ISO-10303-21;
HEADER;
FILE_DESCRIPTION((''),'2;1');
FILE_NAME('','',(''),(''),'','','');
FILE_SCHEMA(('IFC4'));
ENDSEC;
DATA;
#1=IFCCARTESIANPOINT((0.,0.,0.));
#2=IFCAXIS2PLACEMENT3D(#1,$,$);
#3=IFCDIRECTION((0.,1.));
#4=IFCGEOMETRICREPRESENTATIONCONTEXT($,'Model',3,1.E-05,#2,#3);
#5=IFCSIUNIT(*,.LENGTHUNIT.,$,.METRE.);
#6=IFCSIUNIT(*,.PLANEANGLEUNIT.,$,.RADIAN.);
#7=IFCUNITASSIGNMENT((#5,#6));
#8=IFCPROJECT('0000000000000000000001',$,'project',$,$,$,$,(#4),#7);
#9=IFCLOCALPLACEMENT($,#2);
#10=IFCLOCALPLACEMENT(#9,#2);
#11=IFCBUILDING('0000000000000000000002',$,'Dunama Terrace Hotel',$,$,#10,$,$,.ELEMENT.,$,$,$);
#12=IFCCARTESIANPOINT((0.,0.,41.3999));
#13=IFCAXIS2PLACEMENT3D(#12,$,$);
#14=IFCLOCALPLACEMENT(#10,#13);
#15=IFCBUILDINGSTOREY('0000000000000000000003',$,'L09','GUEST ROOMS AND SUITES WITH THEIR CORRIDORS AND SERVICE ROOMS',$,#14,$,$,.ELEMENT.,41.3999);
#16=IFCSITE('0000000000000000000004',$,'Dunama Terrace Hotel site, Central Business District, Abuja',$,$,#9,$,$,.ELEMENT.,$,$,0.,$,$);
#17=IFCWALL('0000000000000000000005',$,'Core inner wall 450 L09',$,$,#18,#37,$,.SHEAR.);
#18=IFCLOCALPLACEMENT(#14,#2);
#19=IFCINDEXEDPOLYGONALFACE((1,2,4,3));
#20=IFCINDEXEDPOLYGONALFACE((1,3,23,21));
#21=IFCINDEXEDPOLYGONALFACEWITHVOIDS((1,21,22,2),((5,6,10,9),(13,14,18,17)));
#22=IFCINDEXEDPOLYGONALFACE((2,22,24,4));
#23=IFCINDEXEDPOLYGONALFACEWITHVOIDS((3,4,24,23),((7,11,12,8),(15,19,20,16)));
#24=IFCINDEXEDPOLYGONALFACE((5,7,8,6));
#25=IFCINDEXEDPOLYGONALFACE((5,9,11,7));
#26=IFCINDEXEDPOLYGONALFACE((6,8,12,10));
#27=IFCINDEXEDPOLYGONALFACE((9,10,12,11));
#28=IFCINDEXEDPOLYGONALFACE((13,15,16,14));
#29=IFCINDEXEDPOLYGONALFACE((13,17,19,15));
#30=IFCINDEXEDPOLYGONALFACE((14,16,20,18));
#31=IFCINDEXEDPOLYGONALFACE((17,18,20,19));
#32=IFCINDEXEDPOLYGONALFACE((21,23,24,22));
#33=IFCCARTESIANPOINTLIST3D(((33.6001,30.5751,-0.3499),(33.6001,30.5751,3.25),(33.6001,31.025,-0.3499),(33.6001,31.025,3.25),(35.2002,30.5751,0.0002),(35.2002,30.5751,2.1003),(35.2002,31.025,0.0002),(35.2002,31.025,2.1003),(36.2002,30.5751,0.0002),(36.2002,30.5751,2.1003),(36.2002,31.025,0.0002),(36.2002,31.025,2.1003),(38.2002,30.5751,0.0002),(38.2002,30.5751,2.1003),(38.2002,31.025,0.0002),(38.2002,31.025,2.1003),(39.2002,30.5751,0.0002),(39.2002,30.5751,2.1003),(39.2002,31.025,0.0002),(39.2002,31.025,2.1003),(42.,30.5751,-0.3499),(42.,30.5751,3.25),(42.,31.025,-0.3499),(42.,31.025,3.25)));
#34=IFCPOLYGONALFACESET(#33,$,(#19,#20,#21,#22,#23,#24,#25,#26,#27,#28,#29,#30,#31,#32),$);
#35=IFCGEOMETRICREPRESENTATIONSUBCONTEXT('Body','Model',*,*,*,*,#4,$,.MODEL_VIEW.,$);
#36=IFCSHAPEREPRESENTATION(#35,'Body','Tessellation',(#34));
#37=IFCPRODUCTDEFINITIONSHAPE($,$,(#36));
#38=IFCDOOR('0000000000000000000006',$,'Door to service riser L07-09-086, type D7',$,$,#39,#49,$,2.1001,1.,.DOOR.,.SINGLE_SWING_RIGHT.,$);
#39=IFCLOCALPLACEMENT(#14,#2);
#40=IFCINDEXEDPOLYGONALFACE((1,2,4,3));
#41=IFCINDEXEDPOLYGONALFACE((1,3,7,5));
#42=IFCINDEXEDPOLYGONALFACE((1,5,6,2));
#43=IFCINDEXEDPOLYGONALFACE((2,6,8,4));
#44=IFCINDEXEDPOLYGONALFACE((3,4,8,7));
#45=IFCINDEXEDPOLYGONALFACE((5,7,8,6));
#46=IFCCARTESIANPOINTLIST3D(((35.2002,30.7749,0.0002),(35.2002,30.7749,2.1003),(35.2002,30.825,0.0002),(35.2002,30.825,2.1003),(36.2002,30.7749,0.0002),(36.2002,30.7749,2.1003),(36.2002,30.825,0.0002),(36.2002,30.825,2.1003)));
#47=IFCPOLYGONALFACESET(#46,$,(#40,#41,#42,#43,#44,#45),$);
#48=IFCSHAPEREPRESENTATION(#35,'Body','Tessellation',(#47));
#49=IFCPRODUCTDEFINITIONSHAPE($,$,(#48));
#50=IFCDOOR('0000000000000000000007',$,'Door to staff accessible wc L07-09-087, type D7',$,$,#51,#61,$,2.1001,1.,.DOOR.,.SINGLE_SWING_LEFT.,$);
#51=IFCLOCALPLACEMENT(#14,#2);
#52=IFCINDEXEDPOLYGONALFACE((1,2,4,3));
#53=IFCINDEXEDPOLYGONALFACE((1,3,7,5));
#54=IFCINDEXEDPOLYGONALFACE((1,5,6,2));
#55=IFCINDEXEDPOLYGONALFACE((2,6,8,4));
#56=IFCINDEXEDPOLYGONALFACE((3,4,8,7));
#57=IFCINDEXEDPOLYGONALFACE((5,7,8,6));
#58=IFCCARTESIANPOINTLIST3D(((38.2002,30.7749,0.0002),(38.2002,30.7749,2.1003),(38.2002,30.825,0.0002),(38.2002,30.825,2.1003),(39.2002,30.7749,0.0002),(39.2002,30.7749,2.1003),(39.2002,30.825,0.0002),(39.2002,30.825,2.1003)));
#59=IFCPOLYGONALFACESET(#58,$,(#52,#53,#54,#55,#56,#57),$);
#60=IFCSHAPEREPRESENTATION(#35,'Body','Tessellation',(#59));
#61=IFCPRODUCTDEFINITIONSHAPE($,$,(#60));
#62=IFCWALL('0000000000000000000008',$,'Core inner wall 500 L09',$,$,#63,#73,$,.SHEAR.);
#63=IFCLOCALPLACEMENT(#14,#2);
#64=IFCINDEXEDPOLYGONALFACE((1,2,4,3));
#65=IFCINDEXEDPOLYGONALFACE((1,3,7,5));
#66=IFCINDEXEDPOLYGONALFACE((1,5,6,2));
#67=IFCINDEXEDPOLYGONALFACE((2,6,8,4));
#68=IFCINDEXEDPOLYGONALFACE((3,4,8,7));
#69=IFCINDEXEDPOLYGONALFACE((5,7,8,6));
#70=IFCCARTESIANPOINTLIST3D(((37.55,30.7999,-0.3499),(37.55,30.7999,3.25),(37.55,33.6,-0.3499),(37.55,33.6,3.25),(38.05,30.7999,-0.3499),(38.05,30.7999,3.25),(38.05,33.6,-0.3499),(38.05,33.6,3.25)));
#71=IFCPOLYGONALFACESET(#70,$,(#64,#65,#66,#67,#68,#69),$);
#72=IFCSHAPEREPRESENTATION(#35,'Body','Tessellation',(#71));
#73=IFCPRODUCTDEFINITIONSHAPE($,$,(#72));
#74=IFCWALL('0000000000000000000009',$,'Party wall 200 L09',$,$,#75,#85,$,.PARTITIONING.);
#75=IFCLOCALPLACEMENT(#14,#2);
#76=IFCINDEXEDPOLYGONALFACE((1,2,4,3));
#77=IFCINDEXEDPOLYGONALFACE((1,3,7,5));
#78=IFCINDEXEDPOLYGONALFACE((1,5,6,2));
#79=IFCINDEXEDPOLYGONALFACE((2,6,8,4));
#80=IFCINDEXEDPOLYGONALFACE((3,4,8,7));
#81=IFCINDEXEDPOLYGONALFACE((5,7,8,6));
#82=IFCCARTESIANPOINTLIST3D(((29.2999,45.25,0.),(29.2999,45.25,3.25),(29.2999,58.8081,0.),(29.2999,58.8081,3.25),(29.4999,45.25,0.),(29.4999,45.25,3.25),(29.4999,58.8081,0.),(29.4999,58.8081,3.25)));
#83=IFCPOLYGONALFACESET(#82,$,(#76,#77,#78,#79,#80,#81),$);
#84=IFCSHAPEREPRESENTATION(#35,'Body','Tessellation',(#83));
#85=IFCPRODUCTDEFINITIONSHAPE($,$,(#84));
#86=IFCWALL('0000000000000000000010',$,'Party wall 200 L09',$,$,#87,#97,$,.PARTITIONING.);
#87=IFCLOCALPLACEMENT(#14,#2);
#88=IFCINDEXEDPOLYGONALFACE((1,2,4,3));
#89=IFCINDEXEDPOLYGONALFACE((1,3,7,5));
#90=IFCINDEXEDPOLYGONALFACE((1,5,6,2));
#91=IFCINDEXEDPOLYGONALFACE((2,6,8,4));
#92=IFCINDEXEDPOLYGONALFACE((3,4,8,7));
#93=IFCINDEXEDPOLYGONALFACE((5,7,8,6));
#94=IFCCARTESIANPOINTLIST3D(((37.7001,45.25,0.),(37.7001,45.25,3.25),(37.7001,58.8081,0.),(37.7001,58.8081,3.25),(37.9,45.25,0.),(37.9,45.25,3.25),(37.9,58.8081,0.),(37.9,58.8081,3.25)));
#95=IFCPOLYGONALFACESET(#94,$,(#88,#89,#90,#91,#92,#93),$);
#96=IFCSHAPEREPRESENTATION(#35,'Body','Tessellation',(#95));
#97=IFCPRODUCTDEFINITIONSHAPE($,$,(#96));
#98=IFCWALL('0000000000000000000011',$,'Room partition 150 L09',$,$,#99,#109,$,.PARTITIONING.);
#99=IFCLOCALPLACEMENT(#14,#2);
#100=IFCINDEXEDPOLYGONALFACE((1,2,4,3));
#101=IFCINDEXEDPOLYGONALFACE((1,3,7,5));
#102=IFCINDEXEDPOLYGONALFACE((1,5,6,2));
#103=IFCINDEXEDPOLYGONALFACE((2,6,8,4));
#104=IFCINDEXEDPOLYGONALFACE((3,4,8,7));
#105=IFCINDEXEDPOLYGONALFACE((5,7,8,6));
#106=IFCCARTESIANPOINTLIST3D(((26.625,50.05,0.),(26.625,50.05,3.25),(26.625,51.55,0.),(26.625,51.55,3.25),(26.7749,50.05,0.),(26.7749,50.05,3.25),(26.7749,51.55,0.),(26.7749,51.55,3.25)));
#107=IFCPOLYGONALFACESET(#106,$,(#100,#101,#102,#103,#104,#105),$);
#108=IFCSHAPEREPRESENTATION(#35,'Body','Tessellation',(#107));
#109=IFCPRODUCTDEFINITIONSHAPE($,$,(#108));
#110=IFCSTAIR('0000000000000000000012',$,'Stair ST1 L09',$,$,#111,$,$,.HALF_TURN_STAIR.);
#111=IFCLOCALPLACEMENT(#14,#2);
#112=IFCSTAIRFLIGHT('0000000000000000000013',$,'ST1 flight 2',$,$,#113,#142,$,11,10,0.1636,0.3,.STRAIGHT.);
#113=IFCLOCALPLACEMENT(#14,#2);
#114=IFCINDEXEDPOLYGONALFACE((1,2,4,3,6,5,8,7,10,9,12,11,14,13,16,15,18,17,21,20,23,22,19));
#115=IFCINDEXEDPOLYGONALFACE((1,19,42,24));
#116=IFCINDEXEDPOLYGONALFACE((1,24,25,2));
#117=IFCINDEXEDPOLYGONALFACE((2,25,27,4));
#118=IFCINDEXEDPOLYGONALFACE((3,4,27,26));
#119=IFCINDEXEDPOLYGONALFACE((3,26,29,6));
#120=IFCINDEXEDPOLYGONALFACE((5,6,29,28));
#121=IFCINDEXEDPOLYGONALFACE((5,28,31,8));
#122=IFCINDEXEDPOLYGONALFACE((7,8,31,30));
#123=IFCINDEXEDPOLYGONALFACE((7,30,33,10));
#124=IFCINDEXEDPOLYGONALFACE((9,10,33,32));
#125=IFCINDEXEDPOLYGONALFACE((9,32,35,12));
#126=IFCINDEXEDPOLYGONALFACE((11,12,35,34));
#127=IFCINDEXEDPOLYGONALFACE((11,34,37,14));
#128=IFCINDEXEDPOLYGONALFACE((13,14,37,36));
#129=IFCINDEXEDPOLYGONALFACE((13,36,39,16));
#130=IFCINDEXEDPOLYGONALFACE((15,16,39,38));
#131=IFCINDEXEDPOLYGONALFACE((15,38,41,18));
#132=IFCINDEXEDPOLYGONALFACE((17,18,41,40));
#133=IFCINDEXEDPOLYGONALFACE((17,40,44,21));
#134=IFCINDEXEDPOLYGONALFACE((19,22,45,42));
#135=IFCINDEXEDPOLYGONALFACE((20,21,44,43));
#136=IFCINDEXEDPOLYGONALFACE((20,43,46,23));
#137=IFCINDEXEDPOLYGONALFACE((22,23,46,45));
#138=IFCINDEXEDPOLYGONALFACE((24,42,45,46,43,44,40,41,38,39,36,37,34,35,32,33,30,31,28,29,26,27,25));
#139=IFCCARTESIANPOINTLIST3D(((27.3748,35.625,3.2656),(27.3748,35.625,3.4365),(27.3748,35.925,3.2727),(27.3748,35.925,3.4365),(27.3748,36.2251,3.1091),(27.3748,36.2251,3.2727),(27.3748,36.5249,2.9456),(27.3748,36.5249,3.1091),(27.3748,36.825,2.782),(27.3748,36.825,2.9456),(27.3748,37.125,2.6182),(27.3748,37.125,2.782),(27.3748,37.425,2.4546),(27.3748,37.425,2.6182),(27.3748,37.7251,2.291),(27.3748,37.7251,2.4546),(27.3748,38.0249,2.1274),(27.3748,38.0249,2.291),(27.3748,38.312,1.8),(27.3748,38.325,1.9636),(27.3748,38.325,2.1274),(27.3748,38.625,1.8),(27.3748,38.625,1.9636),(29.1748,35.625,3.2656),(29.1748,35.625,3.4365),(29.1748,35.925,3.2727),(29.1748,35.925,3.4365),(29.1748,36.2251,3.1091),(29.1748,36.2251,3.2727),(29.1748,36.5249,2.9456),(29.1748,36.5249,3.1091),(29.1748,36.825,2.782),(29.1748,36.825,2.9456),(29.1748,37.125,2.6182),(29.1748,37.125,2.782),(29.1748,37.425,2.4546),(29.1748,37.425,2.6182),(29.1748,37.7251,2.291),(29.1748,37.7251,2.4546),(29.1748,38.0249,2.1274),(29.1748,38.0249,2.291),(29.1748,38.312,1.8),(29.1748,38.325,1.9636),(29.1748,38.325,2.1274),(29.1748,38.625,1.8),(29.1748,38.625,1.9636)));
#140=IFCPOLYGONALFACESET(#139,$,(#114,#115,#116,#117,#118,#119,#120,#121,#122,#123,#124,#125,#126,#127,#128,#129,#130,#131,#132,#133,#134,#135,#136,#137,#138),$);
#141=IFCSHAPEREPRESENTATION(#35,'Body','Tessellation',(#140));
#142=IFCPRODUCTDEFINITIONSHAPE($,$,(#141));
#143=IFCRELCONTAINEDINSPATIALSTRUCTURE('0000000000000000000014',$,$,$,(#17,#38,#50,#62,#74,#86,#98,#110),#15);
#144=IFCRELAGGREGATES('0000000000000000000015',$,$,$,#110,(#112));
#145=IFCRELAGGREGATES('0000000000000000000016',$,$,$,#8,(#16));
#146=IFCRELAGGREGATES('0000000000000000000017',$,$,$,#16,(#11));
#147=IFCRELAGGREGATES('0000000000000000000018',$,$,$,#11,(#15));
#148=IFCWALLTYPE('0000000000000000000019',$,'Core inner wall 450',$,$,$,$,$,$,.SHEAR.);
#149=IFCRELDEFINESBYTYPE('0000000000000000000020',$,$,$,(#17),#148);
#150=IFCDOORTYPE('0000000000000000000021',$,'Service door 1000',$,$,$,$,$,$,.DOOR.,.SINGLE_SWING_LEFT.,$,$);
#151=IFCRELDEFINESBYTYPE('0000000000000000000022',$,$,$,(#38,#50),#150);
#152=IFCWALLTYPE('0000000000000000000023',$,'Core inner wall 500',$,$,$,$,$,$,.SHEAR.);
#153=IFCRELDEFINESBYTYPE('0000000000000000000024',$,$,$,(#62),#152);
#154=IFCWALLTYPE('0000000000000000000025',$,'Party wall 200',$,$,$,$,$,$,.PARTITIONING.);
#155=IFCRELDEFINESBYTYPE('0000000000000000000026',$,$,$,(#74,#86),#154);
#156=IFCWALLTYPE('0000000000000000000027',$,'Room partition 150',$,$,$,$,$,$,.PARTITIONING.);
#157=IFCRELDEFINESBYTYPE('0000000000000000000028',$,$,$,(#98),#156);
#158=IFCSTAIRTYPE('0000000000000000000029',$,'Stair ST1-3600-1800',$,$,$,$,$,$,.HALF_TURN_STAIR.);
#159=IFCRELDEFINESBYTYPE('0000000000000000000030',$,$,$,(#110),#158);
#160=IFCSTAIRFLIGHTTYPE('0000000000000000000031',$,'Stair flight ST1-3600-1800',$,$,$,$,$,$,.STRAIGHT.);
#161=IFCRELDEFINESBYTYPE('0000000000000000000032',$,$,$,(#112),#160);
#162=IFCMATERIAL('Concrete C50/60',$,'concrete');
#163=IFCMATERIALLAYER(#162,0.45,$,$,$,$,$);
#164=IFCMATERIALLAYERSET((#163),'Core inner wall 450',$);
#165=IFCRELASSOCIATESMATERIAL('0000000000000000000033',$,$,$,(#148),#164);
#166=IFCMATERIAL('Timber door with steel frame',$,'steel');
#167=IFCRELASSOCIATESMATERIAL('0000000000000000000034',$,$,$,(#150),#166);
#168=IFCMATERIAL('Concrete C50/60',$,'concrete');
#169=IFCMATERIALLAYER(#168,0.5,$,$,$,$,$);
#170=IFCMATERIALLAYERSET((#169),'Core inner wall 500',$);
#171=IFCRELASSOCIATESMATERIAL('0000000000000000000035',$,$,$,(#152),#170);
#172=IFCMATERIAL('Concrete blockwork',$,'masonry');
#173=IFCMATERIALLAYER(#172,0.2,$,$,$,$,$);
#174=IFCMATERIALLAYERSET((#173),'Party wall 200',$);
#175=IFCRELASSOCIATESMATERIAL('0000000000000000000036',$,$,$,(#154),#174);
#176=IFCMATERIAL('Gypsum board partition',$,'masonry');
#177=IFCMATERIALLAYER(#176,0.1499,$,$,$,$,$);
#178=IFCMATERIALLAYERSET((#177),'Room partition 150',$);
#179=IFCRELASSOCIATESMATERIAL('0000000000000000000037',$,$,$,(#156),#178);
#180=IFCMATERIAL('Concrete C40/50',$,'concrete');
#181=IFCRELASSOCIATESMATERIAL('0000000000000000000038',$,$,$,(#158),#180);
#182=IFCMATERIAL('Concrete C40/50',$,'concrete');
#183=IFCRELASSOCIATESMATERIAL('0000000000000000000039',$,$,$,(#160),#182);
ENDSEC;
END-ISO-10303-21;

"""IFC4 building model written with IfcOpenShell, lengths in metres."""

from ifc_helpers import new_model, si_unit, direction, frame, frame_2d, origin, place, context, subcontext, project, spatial, polyline, rectangle, outline, extrude, material, layer, layer_set, type_object, element, fill, aggregate, save


model = new_model("IFC4")

# Units and contexts
model_context = context("Model", 3, precision=1e-05, world=origin(), true_north=direction((0.0, 1.0)))
body_context = subcontext(model_context, "Body", "Model", "MODEL_VIEW")
ifc_project = project(units=[si_unit("LENGTHUNIT", "METRE"), si_unit("PLANEANGLEUNIT", "RADIAN")], contexts=[model_context])

# Site, building, storey
site_placement = place(None, origin())
site = spatial("IfcSite", under=ifc_project, at=site_placement, Name="Dunama Terrace Hotel site, Central Business District, Abuja", CompositionType="ELEMENT", RefElevation=0.0)
building_placement = place(site_placement, origin())
building = spatial("IfcBuilding", under=site, at=building_placement, Name="Dunama Terrace Hotel", CompositionType="ELEMENT")
storey_placement = place(building_placement, frame((0.0, 0.0, 41.3999)))
storey = spatial("IfcBuildingStorey", under=building, at=storey_placement, Name="L09", Description="GUEST ROOMS AND SUITES WITH THEIR CORRIDORS AND SERVICE ROOMS", CompositionType="ELEMENT", Elevation=41.3999)

# Shared definitions
ifc_material_1 = material(Name="Concrete C50/60", Category="concrete")
ifc_layer_1 = layer(ifc_material_1, 0.45)
ifc_layer_set_1 = layer_set([ifc_layer_1], Name="Core inner wall 450")
wall_type_1 = type_object("IfcWallType", Name="Core inner wall 450", PredefinedType="SHEAR", material=ifc_layer_set_1)

# Wall, openings, doors
wall_1_placement = place(storey_placement, frame((33.6001, 30.8, -0.3499), z_axis=(0.0, 0.0, 1.0), x_axis=(1.0, 0.0, 0.0)))
wall_1 = element("IfcWall", 1, at=wall_1_placement, inside=storey, type_object=wall_type_1, Name="Core inner wall 450 L09", PredefinedType="SHEAR", context=body_context, shape_type="SweptSolid", body=[
    extrude(rectangle(XDim=8.3999, YDim=0.45, at=frame_2d((4.2, 0.0))), origin(), (0.0, 0.0, 1.0), 3.5999),
])
opening_1_placement = place(wall_1_placement, frame((1.6001, 0.0, 0.3501)))
opening_1 = element("IfcOpeningElement", 2, at=opening_1_placement, cuts=wall_1, PredefinedType="OPENING", context=body_context, shape_type="SweptSolid", body=[
    extrude(rectangle(XDim=1.0, YDim=2.1001, at=frame_2d((0.5, 1.05))), frame((0.0, 0.2349, 0.0), z_axis=(0.0, -1.0, 0.0), x_axis=(1.0, 0.0, 0.0)), (0.0, 0.0, 1.0), 0.47),
])
opening_2_placement = place(wall_1_placement, frame((4.6001, 0.0, 0.3501)))
opening_2 = element("IfcOpeningElement", 3, at=opening_2_placement, cuts=wall_1, PredefinedType="OPENING", context=body_context, shape_type="SweptSolid", body=[
    extrude(rectangle(XDim=1.0, YDim=2.1001, at=frame_2d((0.5, 1.05))), frame((0.0, 0.2349, 0.0), z_axis=(0.0, -1.0, 0.0), x_axis=(1.0, 0.0, 0.0)), (0.0, 0.0, 1.0), 0.47),
])
ifc_material_2 = material(Name="Timber door with steel frame", Category="steel")
door_type_1 = type_object("IfcDoorType", Name="Service door 1000", OperationType="SINGLE_SWING_LEFT", PredefinedType="DOOR", material=ifc_material_2)
door_1_placement = place(opening_1_placement, origin())
door_1 = element("IfcDoor", 4, at=door_1_placement, inside=storey, type_object=door_type_1, Name="Door to service riser L07-09-086, type D7", OperationType="SINGLE_SWING_RIGHT", OverallHeight=2.1001, OverallWidth=1.0, PredefinedType="DOOR", context=body_context, shape_type="SweptSolid", body=[
    extrude(rectangle(XDim=1.0, YDim=2.1001, at=frame_2d((0.5, 1.05))), frame((0.0, 0.0249, 0.0), z_axis=(0.0, -1.0, 0.0), x_axis=(1.0, 0.0, 0.0)), (0.0, 0.0, 1.0), 0.05),
])
fill(opening_1, door_1)
door_2_placement = place(opening_2_placement, origin())
door_2 = element("IfcDoor", 5, at=door_2_placement, inside=storey, type_object=door_type_1, Name="Door to staff accessible wc L07-09-087, type D7", OperationType="SINGLE_SWING_LEFT", OverallHeight=2.1001, OverallWidth=1.0, PredefinedType="DOOR", context=body_context, shape_type="SweptSolid", body=[
    extrude(rectangle(XDim=1.0, YDim=2.1001, at=frame_2d((0.5, 1.05))), frame((0.0, 0.0249, 0.0), z_axis=(0.0, -1.0, 0.0), x_axis=(1.0, 0.0, 0.0)), (0.0, 0.0, 1.0), 0.05),
])
fill(opening_2, door_2)

# Walls
ifc_material_3 = material(Name="Concrete C50/60", Category="concrete")
ifc_layer_2 = layer(ifc_material_3, 0.5)
ifc_layer_set_2 = layer_set([ifc_layer_2], Name="Core inner wall 500")
wall_type_2 = type_object("IfcWallType", Name="Core inner wall 500", PredefinedType="SHEAR", material=ifc_layer_set_2)
wall_2_placement = place(storey_placement, frame((37.8, 30.8, -0.3499), z_axis=(0.0, 0.0, 1.0), x_axis=(0.0, 1.0, 0.0)))
element("IfcWall", 6, at=wall_2_placement, inside=storey, type_object=wall_type_2, Name="Core inner wall 500 L09", PredefinedType="SHEAR", context=body_context, shape_type="SweptSolid", body=[
    extrude(rectangle(XDim=2.8, YDim=0.5, at=frame_2d((1.3999, 0.0))), origin(), (0.0, 0.0, 1.0), 3.5999),
])
ifc_material_4 = material(Name="Concrete blockwork", Category="masonry")
ifc_layer_3 = layer(ifc_material_4, 0.2)
ifc_layer_set_3 = layer_set([ifc_layer_3], Name="Party wall 200")
wall_type_3 = type_object("IfcWallType", Name="Party wall 200", PredefinedType="PARTITIONING", material=ifc_layer_set_3)
for number, where, z_axis, x_axis, name in (
    (7, (29.3999, 45.25, 0.0), (0.0, 0.0, 1.0), (0.0, 1.0, 0.0), "Party wall 200 L09"),
    (8, (37.8, 45.25, 0.0), (0.0, 0.0, 1.0), (0.0, 1.0, 0.0), "Party wall 200 L09"),
):
    element("IfcWall", number, at=place(storey_placement, frame(where, z_axis=z_axis, x_axis=x_axis)), inside=storey, type_object=wall_type_3, Name=name, PredefinedType="PARTITIONING", context=body_context, shape_type="SweptSolid", body=[
        extrude(rectangle(XDim=13.5581, YDim=0.2, at=frame_2d((6.7791, 0.0))), origin(), (0.0, 0.0, 1.0), 3.25),
    ])
ifc_material_5 = material(Name="Gypsum board partition", Category="masonry")
ifc_layer_4 = layer(ifc_material_5, 0.1499)
ifc_layer_set_4 = layer_set([ifc_layer_4], Name="Room partition 150")
wall_type_4 = type_object("IfcWallType", Name="Room partition 150", PredefinedType="PARTITIONING", material=ifc_layer_set_4)
wall_3_placement = place(storey_placement, frame((26.7, 50.05, 0.0), z_axis=(0.0, 0.0, 1.0), x_axis=(0.0, 1.0, 0.0)))
element("IfcWall", 9, at=wall_3_placement, inside=storey, type_object=wall_type_4, Name="Room partition 150 L09", PredefinedType="PARTITIONING", context=body_context, shape_type="SweptSolid", body=[
    extrude(rectangle(XDim=1.5, YDim=0.1499, at=frame_2d((0.75, 0.0))), origin(), (0.0, 0.0, 1.0), 3.25),
])

# Stair, stair flight
ifc_material_6 = material(Name="Concrete C40/50", Category="concrete")
stair_type = type_object("IfcStairType", Name="Stair ST1-3600-1800", PredefinedType="HALF_TURN_STAIR", material=ifc_material_6)
stair_placement = place(storey_placement, origin())
stair = element("IfcStair", 10, at=stair_placement, inside=storey, type_object=stair_type, Name="Stair ST1 L09", PredefinedType="HALF_TURN_STAIR")
ifc_material_7 = material(Name="Concrete C40/50", Category="concrete")
stair_flight_type = type_object("IfcStairFlightType", Name="Stair flight ST1-3600-1800", PredefinedType="STRAIGHT", material=ifc_material_7)
stair_flight_placement = place(storey_placement, frame((28.2749, 38.625, 1.8), z_axis=(0.0, 0.0, 1.0), x_axis=(0.0, -1.0, 0.0)))
stair_flight = element("IfcStairFlight", 11, at=stair_flight_placement, type_object=stair_flight_type, Name="ST1 flight 2", NumberOfRisers=11, NumberOfTreads=10, PredefinedType="STRAIGHT", RiserHeight=0.1636, TreadLength=0.3, context=body_context, shape_type="SweptSolid", body=[
    extrude(outline(polyline([(0.0, 0.0), (0.0, 0.1636), (0.3, 0.1636), (0.3, 0.3274), (0.6001, 0.3274), (0.6001, 0.491), (0.8999, 0.491), (0.8999, 0.6545), (1.2, 0.6545), (1.2, 0.8181), (1.5, 0.8181), (1.5, 0.9819), (1.8, 0.9819), (1.8, 1.1455), (2.1001, 1.1455), (2.1001, 1.3091), (2.3999, 1.3091), (2.3999, 1.4727), (2.7, 1.4727), (2.7, 1.6365), (3.0, 1.6365), (3.0, 1.8), (3.0, 1.4656), (0.313, 0.0), (0.0, 0.0)])), frame((0.0, 0.8999, 0.0), z_axis=(0.0, -1.0, 0.0), x_axis=(1.0, 0.0, 0.0)), (0.0, 0.0, 1.0), 1.8),
])
aggregate(stair, [stair_flight])

save(model, "model.ifc")
